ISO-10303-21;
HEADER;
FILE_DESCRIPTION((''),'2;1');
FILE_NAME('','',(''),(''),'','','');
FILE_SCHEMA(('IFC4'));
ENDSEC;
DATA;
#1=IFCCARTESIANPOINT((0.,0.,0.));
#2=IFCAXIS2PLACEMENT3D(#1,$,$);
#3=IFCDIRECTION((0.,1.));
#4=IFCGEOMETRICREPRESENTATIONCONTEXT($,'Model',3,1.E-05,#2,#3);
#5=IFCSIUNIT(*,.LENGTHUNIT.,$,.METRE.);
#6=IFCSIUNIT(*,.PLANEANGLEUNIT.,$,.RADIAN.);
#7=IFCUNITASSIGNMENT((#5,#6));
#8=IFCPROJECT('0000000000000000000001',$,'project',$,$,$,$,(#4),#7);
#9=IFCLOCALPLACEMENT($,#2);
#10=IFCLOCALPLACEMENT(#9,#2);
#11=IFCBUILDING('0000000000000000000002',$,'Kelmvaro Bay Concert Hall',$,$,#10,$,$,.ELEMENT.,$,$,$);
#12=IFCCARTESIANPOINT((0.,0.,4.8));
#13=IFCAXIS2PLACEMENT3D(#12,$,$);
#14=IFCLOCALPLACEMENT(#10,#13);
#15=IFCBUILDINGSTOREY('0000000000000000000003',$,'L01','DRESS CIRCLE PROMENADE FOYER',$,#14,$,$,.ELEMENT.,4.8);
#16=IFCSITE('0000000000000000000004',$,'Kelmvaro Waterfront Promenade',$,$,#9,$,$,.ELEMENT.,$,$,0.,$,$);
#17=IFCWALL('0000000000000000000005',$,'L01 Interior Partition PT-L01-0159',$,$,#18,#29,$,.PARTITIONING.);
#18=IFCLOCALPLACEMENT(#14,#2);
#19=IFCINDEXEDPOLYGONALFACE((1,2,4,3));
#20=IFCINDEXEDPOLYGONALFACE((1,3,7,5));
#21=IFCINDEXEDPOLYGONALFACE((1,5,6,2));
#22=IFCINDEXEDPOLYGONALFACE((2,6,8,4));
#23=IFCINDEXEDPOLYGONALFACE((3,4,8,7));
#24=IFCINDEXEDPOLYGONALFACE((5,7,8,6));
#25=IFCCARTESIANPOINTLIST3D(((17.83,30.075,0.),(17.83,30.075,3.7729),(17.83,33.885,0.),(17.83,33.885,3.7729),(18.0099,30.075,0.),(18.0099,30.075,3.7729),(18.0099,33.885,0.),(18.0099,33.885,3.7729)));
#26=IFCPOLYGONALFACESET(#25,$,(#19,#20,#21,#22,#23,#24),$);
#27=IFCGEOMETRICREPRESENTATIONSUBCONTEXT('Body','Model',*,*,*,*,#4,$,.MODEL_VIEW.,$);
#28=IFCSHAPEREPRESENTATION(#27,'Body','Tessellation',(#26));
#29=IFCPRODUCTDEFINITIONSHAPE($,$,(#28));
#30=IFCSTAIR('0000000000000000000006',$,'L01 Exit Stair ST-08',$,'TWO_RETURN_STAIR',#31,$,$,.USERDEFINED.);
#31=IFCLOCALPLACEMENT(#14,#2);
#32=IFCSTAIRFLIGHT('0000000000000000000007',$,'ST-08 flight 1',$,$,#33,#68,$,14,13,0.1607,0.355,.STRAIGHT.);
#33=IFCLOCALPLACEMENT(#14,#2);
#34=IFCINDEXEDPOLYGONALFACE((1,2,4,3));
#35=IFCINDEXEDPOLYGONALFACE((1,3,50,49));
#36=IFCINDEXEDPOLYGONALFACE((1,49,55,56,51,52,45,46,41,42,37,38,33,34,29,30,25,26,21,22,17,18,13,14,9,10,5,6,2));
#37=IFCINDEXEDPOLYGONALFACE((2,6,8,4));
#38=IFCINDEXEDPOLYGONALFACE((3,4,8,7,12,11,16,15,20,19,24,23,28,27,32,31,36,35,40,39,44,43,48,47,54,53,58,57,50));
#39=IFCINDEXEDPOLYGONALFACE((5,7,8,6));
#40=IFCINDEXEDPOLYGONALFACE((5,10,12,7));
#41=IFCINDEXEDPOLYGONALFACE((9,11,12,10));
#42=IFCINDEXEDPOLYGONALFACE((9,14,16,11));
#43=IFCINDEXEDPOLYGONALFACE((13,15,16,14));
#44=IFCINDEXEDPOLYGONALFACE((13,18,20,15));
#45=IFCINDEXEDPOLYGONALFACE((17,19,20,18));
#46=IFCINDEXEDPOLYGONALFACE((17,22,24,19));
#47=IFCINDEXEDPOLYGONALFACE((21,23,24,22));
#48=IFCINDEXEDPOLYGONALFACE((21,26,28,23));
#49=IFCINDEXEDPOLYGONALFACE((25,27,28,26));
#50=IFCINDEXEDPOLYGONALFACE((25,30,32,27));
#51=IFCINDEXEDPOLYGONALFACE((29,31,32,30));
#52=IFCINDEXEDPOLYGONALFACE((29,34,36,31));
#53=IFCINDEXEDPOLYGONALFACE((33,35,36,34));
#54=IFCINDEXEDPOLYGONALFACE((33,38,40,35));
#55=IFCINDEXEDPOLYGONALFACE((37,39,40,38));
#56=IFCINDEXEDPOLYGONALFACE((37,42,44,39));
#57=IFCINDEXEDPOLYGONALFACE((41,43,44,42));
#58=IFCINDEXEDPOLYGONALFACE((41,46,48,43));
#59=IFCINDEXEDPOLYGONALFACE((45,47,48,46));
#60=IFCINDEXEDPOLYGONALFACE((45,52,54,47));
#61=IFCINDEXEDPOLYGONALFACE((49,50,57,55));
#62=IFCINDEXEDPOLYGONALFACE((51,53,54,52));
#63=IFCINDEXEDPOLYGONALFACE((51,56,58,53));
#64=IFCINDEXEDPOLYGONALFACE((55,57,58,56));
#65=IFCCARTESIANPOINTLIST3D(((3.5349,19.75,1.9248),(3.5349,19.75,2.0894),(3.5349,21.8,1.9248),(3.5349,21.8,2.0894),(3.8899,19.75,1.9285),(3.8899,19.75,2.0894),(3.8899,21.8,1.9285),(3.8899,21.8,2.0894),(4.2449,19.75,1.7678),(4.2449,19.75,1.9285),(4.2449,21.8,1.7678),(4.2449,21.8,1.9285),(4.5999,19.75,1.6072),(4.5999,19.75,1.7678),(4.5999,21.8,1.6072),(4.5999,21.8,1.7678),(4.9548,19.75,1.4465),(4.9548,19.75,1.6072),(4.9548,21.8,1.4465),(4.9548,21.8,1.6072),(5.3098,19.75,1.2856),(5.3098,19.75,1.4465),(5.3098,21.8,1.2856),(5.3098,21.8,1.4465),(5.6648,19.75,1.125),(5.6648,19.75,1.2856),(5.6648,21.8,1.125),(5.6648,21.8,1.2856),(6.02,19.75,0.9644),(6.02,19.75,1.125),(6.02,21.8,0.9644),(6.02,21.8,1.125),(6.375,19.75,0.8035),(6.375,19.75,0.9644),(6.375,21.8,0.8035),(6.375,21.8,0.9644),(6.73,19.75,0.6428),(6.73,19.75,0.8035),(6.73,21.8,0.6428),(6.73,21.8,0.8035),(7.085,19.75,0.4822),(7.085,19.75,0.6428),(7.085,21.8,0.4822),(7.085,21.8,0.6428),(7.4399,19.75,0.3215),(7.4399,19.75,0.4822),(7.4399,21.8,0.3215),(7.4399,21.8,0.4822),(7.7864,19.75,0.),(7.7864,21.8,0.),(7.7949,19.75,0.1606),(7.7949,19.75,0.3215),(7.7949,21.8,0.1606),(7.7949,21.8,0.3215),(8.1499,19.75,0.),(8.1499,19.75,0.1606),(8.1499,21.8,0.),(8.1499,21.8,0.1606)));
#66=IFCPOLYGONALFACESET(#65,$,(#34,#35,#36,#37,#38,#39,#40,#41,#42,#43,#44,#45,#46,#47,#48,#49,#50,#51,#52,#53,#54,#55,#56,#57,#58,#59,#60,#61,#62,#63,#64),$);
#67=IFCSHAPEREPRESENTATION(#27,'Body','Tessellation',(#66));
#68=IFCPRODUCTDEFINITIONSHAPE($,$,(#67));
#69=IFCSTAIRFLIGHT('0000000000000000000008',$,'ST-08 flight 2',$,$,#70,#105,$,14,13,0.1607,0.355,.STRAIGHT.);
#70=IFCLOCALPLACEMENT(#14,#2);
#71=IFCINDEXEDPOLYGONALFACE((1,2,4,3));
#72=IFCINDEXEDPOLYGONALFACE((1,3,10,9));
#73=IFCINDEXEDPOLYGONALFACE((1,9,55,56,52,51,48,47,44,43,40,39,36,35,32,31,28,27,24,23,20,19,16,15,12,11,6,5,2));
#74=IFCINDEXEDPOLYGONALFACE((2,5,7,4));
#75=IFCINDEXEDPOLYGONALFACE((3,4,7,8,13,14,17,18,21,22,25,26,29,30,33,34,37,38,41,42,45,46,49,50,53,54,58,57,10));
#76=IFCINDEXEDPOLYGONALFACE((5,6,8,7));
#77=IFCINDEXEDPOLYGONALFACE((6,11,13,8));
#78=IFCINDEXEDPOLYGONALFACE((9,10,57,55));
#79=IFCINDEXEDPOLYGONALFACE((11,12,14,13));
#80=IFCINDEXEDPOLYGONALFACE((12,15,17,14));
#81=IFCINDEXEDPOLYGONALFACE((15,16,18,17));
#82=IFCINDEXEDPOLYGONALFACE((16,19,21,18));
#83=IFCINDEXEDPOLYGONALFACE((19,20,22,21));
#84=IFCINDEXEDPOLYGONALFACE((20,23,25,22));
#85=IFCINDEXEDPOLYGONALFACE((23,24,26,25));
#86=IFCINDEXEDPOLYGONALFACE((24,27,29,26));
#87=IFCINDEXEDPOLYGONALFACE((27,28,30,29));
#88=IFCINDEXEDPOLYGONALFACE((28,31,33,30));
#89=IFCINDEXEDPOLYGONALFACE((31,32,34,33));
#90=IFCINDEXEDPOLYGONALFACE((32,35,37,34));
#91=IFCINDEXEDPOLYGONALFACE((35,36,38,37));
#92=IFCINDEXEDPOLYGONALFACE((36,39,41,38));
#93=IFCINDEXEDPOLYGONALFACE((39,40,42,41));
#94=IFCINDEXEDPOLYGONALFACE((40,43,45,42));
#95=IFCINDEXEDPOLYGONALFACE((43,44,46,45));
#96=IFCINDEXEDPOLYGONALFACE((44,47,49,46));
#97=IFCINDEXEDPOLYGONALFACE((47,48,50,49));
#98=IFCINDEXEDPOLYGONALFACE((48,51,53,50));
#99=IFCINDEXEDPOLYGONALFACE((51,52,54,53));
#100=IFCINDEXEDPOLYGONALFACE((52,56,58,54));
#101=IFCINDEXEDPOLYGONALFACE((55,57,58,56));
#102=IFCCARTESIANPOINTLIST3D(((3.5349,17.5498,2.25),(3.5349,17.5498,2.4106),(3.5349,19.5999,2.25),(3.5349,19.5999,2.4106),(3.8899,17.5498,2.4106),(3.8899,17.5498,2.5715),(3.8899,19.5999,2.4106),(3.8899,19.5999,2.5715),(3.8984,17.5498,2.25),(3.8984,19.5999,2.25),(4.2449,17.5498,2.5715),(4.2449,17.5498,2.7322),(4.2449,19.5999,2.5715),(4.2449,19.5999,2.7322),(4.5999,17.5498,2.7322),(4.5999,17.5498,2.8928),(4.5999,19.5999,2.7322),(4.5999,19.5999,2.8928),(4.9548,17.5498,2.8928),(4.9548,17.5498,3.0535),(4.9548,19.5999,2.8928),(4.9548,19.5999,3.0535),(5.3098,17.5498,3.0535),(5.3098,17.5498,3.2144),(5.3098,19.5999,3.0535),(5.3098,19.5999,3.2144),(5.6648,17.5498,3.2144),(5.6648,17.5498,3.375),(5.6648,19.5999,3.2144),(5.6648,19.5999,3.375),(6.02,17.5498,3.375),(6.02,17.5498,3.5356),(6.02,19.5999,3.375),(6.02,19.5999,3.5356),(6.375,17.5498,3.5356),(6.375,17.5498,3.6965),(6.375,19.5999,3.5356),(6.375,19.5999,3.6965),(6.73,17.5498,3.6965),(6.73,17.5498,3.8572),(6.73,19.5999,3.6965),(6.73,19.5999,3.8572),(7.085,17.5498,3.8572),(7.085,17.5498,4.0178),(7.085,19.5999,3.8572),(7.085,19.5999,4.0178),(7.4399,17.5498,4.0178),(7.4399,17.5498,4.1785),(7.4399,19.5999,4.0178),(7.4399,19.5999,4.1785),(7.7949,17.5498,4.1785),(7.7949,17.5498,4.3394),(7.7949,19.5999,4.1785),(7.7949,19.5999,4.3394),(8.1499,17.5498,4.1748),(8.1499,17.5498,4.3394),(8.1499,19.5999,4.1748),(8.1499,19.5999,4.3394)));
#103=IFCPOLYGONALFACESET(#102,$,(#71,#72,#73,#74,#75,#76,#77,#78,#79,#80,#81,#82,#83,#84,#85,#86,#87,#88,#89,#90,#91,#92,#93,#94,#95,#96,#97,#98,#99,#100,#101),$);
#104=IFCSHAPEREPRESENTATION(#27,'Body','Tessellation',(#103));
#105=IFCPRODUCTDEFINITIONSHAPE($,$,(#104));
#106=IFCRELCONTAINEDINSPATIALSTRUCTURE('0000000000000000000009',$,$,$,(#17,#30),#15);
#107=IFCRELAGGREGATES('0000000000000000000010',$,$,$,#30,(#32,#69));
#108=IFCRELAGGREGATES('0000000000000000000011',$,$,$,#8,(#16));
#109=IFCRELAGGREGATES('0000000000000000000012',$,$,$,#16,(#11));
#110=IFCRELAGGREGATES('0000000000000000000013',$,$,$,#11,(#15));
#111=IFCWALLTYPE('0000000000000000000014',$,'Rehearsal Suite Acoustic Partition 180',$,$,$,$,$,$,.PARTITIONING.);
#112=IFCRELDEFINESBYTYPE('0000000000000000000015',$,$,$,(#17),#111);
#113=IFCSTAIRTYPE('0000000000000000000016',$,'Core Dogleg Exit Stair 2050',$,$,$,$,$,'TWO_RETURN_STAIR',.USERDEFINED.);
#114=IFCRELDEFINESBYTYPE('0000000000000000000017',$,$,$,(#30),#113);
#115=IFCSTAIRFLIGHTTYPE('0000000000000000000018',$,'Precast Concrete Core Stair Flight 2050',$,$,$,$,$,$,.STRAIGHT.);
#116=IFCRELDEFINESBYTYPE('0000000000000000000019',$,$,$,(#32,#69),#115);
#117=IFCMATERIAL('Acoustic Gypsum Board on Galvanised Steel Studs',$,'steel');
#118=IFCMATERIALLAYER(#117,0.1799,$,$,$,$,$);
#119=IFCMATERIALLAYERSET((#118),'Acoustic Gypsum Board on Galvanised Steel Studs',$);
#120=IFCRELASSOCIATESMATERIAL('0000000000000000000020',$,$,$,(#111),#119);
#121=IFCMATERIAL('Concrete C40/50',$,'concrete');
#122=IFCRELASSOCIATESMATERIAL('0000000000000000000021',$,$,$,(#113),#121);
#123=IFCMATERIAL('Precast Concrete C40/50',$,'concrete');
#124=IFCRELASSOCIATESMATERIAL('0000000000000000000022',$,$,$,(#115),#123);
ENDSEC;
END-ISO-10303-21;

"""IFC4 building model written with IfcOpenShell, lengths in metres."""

from ifc_helpers import new_model, si_unit, direction, frame, frame_2d, origin, place, context, subcontext, project, spatial, polyline, rectangle, outline, extrude, material, layer, layer_set, type_object, element, aggregate, save


model = new_model("IFC4")

# Units and contexts
model_context = context("Model", 3, precision=1e-05, world=origin(), true_north=direction((0.0, 1.0)))
body_context = subcontext(model_context, "Body", "Model", "MODEL_VIEW")
ifc_project = project(units=[si_unit("LENGTHUNIT", "METRE"), si_unit("PLANEANGLEUNIT", "RADIAN")], contexts=[model_context])

# Site, building, storey
site_placement = place(None, origin())
site = spatial("IfcSite", under=ifc_project, at=site_placement, Name="Kelmvaro Waterfront Promenade", CompositionType="ELEMENT", RefElevation=0.0)
building_placement = place(site_placement, origin())
building = spatial("IfcBuilding", under=site, at=building_placement, Name="Kelmvaro Bay Concert Hall", CompositionType="ELEMENT")
storey_placement = place(building_placement, frame((0.0, 0.0, 4.8)))
storey = spatial("IfcBuildingStorey", under=building, at=storey_placement, Name="L01", Description="DRESS CIRCLE PROMENADE FOYER", CompositionType="ELEMENT", Elevation=4.8)

# Wall
ifc_material_1 = material(Name="Acoustic Gypsum Board on Galvanised Steel Studs", Category="steel")
ifc_layer_1 = layer(ifc_material_1, 0.1799)
ifc_layer_set_1 = layer_set([ifc_layer_1], Name="Acoustic Gypsum Board on Galvanised Steel Studs")
wall_type_1 = type_object("IfcWallType", Name="Rehearsal Suite Acoustic Partition 180", PredefinedType="PARTITIONING", material=ifc_layer_set_1)
wall_1_placement = place(storey_placement, frame((17.9199, 30.075, 0.0), z_axis=(0.0, 0.0, 1.0), x_axis=(0.0, 1.0, 0.0)))
element("IfcWall", 1, at=wall_1_placement, inside=storey, type_object=wall_type_1, Name="L01 Interior Partition PT-L01-0159", PredefinedType="PARTITIONING", context=body_context, shape_type="SweptSolid", body=[
    extrude(rectangle(XDim=3.8101, YDim=0.1799, at=frame_2d((1.905, 0.0))), origin(), (0.0, 0.0, 1.0), 3.7729),
])

# Stair, stair flights
ifc_material_2 = material(Name="Concrete C40/50", Category="concrete")
stair_type = type_object("IfcStairType", Name="Core Dogleg Exit Stair 2050", ElementType="TWO_RETURN_STAIR", PredefinedType="USERDEFINED", material=ifc_material_2)
stair_placement = place(storey_placement, origin())
stair = element("IfcStair", 2, at=stair_placement, inside=storey, type_object=stair_type, Name="L01 Exit Stair ST-08", ObjectType="TWO_RETURN_STAIR", PredefinedType="USERDEFINED")
ifc_material_3 = material(Name="Precast Concrete C40/50", Category="concrete")
stair_flight_type = type_object("IfcStairFlightType", Name="Precast Concrete Core Stair Flight 2050", PredefinedType="STRAIGHT", material=ifc_material_3)
stair_flight_1_placement = place(storey_placement, frame((8.1499, 20.7749, 0.0), z_axis=(0.0, 0.0, 1.0), x_axis=(-1.0, 0.0, 0.0)))
stair_flight_1 = element("IfcStairFlight", 3, at=stair_flight_1_placement, type_object=stair_flight_type, Name="ST-08 flight 1", NumberOfRisers=14, NumberOfTreads=13, PredefinedType="STRAIGHT", RiserHeight=0.1607, TreadLength=0.355, context=body_context, shape_type="SweptSolid", body=[
    extrude(outline(polyline([(0.0, 0.0), (0.0, 0.1606), (0.355, 0.1606), (0.355, 0.3215), (0.71, 0.3215), (0.71, 0.4822), (1.0649, 0.4822), (1.0649, 0.6428), (1.4199, 0.6428), (1.4199, 0.8035), (1.7749, 0.8035), (1.7749, 0.9644), (2.1299, 0.9644), (2.1299, 1.125), (2.4851, 1.125), (2.4851, 1.2856), (2.8401, 1.2856), (2.8401, 1.4465), (3.1951, 1.4465), (3.1951, 1.6072), (3.55, 1.6072), (3.55, 1.7678), (3.905, 1.7678), (3.905, 1.9285), (4.26, 1.9285), (4.26, 2.0894), (4.615, 2.0894), (4.615, 2.25), (4.615, 1.9248), (0.3635, 0.0), (0.0, 0.0)])), frame((0.0, 1.0249, 0.0), z_axis=(0.0, -1.0, 0.0), x_axis=(1.0, 0.0, 0.0)), (0.0, 0.0, 1.0), 2.05),
])
stair_flight_2_placement = place(storey_placement, frame((3.5349, 18.575, 2.25), z_axis=(0.0, 0.0, 1.0), x_axis=(1.0, 0.0, 0.0)))
stair_flight_2 = element("IfcStairFlight", 4, at=stair_flight_2_placement, type_object=stair_flight_type, Name="ST-08 flight 2", NumberOfRisers=14, NumberOfTreads=13, PredefinedType="STRAIGHT", RiserHeight=0.1607, TreadLength=0.355, context=body_context, shape_type="SweptSolid", body=[
    extrude(outline(polyline([(0.0, 0.0), (0.0, 0.1606), (0.355, 0.1606), (0.355, 0.3215), (0.71, 0.3215), (0.71, 0.4822), (1.0649, 0.4822), (1.0649, 0.6428), (1.4199, 0.6428), (1.4199, 0.8035), (1.7749, 0.8035), (1.7749, 0.9644), (2.1299, 0.9644), (2.1299, 1.125), (2.4851, 1.125), (2.4851, 1.2856), (2.8401, 1.2856), (2.8401, 1.4465), (3.1951, 1.4465), (3.1951, 1.6072), (3.55, 1.6072), (3.55, 1.7678), (3.905, 1.7678), (3.905, 1.9285), (4.26, 1.9285), (4.26, 2.0894), (4.615, 2.0894), (4.615, 2.25), (4.615, 1.9248), (0.3635, 0.0), (0.0, 0.0)])), frame((0.0, 1.0249, 0.0), z_axis=(0.0, -1.0, 0.0), x_axis=(1.0, 0.0, 0.0)), (0.0, 0.0, 1.0), 2.05),
])
aggregate(stair, [stair_flight_1, stair_flight_2])

save(model, "model.ifc")
